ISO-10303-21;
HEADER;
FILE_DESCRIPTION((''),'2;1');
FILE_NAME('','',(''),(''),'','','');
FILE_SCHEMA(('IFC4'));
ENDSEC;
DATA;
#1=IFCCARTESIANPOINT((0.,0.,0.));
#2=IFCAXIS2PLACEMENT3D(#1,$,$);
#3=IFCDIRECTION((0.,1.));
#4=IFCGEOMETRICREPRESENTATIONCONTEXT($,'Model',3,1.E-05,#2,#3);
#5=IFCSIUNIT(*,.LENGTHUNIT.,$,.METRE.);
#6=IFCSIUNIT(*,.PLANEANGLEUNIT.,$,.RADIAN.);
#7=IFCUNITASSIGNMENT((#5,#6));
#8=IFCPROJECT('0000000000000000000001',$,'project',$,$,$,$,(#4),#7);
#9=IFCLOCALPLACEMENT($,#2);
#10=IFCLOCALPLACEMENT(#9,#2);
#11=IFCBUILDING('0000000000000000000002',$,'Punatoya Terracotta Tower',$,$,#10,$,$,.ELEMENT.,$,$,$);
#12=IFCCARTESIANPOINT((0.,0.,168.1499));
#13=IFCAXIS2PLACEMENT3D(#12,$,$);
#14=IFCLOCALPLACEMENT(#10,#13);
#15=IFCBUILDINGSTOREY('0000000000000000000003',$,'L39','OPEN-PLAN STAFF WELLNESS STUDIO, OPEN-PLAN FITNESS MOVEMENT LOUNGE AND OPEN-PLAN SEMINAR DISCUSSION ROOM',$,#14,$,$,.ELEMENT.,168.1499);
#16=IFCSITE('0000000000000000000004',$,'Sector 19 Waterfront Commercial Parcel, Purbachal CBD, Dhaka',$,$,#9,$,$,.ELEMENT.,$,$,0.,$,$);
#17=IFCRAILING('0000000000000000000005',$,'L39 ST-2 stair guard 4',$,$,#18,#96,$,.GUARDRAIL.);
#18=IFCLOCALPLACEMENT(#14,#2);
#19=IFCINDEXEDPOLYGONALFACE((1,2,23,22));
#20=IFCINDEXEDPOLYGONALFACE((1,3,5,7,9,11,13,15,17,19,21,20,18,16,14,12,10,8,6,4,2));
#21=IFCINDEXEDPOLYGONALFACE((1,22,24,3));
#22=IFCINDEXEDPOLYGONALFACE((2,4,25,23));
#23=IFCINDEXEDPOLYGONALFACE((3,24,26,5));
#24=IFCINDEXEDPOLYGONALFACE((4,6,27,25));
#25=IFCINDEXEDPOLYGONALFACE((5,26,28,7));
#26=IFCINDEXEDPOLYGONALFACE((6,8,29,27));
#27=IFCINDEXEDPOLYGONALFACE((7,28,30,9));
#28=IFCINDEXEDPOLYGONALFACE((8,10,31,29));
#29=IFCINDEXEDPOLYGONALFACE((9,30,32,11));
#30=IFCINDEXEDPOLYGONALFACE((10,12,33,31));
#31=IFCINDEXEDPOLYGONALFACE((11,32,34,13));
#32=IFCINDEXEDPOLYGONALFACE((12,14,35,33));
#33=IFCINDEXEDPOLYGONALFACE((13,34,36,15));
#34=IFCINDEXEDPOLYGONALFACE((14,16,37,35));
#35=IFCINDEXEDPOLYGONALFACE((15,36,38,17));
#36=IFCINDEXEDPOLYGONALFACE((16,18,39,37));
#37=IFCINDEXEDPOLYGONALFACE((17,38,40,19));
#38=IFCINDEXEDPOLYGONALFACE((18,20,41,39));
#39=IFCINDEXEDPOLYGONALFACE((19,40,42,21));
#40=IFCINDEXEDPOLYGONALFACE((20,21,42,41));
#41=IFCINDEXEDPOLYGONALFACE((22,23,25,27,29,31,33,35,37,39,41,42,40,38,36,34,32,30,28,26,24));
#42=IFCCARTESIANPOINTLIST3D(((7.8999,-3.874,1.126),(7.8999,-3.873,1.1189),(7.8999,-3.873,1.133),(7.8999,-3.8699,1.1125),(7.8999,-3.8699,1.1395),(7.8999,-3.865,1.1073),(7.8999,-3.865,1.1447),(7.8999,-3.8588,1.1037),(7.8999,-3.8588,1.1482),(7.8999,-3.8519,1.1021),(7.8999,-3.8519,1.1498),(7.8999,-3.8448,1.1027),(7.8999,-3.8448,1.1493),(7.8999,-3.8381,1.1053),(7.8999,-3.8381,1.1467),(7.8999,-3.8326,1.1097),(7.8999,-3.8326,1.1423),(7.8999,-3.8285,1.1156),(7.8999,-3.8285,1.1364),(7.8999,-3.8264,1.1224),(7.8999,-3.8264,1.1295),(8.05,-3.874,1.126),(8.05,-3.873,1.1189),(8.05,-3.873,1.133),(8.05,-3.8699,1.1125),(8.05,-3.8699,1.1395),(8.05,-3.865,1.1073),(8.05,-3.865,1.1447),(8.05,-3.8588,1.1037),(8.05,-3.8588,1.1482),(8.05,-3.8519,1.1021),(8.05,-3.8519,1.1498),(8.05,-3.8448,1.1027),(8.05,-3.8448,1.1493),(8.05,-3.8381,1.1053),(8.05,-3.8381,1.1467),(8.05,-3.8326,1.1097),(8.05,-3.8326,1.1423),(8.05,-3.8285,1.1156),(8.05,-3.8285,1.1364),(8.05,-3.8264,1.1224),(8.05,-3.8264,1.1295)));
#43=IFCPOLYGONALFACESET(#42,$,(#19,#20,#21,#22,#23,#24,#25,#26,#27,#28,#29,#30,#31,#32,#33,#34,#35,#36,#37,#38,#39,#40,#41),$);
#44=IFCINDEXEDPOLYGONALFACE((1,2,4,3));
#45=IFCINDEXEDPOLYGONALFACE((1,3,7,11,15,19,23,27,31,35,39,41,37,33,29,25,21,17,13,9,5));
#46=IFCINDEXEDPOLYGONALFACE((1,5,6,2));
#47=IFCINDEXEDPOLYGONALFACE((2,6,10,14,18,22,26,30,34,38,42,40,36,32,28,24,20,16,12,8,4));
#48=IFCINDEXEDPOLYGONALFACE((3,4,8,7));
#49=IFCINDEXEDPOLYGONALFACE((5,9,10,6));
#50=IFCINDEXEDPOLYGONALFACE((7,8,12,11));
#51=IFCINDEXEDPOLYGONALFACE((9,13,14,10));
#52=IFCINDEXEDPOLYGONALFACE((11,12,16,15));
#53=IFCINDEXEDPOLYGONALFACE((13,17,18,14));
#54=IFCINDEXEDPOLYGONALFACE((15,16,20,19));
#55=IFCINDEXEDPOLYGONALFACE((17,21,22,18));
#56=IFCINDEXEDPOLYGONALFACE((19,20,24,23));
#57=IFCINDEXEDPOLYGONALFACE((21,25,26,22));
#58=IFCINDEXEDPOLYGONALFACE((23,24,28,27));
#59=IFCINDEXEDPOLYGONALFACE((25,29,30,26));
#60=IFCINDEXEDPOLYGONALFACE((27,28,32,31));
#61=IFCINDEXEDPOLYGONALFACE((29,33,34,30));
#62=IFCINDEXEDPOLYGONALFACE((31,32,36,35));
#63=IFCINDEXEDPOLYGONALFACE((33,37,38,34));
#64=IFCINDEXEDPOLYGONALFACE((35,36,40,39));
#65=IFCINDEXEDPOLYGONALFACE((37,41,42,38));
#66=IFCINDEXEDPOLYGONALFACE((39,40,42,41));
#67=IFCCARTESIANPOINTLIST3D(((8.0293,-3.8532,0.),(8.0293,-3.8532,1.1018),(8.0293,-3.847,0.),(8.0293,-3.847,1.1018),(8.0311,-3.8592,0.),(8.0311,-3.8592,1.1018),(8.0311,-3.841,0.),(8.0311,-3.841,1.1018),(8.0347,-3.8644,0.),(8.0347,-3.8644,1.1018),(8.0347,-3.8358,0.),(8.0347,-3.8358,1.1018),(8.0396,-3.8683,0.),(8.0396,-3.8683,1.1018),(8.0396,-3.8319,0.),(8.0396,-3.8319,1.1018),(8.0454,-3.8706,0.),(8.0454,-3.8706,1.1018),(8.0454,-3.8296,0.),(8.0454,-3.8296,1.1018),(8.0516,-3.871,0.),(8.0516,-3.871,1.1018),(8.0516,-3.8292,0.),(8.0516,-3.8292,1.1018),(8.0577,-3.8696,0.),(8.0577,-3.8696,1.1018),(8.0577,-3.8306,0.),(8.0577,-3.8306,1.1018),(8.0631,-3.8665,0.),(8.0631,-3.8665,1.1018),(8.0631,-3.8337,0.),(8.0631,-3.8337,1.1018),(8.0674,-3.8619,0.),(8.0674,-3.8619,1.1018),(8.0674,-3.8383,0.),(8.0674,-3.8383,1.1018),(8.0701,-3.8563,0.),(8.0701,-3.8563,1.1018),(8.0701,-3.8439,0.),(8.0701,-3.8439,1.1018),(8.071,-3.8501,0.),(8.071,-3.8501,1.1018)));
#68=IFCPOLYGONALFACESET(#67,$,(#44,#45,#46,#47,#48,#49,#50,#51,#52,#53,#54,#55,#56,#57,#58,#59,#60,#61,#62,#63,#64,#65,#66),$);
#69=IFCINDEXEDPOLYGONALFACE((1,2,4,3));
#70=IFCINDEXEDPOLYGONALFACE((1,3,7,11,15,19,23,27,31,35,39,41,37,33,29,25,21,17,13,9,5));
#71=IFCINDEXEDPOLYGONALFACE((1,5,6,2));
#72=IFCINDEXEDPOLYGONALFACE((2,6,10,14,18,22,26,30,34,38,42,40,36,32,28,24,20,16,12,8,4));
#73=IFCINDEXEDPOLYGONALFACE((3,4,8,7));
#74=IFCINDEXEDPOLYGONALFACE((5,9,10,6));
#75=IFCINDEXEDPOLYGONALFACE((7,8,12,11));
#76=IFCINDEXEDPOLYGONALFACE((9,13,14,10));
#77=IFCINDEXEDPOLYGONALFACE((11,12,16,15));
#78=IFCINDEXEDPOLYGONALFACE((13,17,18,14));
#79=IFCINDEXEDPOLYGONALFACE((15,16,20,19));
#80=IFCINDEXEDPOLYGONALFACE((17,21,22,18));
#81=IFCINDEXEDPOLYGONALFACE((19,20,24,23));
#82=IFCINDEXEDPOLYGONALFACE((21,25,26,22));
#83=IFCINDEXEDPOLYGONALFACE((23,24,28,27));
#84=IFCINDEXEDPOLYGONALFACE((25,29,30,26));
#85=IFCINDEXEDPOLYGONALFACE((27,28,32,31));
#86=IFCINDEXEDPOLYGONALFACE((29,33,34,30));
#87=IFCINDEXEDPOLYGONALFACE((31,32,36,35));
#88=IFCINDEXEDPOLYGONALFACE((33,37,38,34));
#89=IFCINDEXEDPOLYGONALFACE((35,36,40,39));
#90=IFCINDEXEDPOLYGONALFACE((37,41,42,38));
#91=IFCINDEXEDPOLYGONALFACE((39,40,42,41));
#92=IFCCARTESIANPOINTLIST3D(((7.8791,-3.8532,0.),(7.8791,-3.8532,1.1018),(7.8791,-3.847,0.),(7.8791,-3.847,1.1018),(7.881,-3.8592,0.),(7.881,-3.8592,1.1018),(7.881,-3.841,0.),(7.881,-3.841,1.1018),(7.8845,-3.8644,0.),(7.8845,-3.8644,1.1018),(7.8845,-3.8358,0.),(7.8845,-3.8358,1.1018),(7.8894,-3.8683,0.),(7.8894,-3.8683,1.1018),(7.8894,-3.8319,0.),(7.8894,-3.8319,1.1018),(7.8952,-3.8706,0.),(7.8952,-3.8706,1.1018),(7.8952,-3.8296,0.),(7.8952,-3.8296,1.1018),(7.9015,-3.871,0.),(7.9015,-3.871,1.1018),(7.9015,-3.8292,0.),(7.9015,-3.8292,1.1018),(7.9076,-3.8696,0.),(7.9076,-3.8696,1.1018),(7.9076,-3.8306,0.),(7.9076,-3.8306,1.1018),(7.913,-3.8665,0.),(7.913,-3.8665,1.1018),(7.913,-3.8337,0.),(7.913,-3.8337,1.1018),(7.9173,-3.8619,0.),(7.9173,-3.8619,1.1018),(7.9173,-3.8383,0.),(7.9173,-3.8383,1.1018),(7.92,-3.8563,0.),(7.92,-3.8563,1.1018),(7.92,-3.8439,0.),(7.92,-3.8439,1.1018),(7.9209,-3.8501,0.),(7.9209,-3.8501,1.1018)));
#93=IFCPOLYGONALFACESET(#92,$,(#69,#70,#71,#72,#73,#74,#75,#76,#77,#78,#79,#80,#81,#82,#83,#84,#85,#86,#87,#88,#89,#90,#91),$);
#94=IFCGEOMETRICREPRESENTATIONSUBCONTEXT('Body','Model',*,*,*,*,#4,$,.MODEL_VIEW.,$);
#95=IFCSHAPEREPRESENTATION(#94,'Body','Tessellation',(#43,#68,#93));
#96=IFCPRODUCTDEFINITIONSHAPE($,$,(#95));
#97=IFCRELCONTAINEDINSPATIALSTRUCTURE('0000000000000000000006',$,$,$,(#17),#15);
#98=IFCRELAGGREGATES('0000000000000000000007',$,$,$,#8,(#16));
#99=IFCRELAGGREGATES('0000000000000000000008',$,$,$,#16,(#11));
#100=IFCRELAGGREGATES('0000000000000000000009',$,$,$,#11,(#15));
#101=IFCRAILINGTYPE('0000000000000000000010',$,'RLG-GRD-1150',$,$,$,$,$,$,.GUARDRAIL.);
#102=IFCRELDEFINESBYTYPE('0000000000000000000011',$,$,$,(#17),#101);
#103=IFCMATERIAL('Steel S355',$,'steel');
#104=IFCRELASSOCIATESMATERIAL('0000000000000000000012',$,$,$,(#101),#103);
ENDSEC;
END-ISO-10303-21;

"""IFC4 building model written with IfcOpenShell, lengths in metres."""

from ifc_helpers import new_model, si_unit, direction, frame, origin, origin_2d, place, context, subcontext, project, spatial, circle, extrude, material, type_object, element, save


model = new_model("IFC4")

# Units and contexts
model_context = context("Model", 3, precision=1e-05, world=origin(), true_north=direction((0.0, 1.0)))
body_context = subcontext(model_context, "Body", "Model", "MODEL_VIEW")
ifc_project = project(units=[si_unit("LENGTHUNIT", "METRE"), si_unit("PLANEANGLEUNIT", "RADIAN")], contexts=[model_context])

# Site, building, storey
site_placement = place(None, origin())
site = spatial("IfcSite", under=ifc_project, at=site_placement, Name="Sector 19 Waterfront Commercial Parcel, Purbachal CBD, Dhaka", CompositionType="ELEMENT", RefElevation=0.0)
building_placement = place(site_placement, origin())
building = spatial("IfcBuilding", under=site, at=building_placement, Name="Punatoya Terracotta Tower", CompositionType="ELEMENT")
storey_placement = place(building_placement, frame((0.0, 0.0, 168.1499)))
storey = spatial("IfcBuildingStorey", under=building, at=storey_placement, Name="L39", Description="OPEN-PLAN STAFF WELLNESS STUDIO, OPEN-PLAN FITNESS MOVEMENT LOUNGE AND OPEN-PLAN SEMINAR DISCUSSION ROOM", CompositionType="ELEMENT", Elevation=168.1499)

# Railing
ifc_material_1 = material(Name="Steel S355", Category="steel")
railing_type = type_object("IfcRailingType", Name="RLG-GRD-1150", PredefinedType="GUARDRAIL", material=ifc_material_1)
railing_1_placement = place(storey_placement, frame((8.05, -3.8501, 0.0)))
element("IfcRailing", 1, at=railing_1_placement, inside=storey, type_object=railing_type, Name="L39 ST-2 stair guard 4", PredefinedType="GUARDRAIL", context=body_context, shape_type="SweptSolid", body=[
    extrude(circle(Radius=0.0239, at=origin_2d()), frame((0.0, 0.0, 1.126), z_axis=(-1.0, 0.0, 0.0), x_axis=(0.0, -1.0, 0.0)), (0.0, 0.0, 1.0), 0.1501),
    extrude(circle(Radius=0.021, at=origin_2d()), origin(), (0.0, 0.0, 1.0), 1.1018),
    extrude(circle(Radius=0.021, at=origin_2d()), frame((-0.1501, 0.0, 0.0)), (0.0, 0.0, 1.0), 1.1018),
])

save(model, "model.ifc")
